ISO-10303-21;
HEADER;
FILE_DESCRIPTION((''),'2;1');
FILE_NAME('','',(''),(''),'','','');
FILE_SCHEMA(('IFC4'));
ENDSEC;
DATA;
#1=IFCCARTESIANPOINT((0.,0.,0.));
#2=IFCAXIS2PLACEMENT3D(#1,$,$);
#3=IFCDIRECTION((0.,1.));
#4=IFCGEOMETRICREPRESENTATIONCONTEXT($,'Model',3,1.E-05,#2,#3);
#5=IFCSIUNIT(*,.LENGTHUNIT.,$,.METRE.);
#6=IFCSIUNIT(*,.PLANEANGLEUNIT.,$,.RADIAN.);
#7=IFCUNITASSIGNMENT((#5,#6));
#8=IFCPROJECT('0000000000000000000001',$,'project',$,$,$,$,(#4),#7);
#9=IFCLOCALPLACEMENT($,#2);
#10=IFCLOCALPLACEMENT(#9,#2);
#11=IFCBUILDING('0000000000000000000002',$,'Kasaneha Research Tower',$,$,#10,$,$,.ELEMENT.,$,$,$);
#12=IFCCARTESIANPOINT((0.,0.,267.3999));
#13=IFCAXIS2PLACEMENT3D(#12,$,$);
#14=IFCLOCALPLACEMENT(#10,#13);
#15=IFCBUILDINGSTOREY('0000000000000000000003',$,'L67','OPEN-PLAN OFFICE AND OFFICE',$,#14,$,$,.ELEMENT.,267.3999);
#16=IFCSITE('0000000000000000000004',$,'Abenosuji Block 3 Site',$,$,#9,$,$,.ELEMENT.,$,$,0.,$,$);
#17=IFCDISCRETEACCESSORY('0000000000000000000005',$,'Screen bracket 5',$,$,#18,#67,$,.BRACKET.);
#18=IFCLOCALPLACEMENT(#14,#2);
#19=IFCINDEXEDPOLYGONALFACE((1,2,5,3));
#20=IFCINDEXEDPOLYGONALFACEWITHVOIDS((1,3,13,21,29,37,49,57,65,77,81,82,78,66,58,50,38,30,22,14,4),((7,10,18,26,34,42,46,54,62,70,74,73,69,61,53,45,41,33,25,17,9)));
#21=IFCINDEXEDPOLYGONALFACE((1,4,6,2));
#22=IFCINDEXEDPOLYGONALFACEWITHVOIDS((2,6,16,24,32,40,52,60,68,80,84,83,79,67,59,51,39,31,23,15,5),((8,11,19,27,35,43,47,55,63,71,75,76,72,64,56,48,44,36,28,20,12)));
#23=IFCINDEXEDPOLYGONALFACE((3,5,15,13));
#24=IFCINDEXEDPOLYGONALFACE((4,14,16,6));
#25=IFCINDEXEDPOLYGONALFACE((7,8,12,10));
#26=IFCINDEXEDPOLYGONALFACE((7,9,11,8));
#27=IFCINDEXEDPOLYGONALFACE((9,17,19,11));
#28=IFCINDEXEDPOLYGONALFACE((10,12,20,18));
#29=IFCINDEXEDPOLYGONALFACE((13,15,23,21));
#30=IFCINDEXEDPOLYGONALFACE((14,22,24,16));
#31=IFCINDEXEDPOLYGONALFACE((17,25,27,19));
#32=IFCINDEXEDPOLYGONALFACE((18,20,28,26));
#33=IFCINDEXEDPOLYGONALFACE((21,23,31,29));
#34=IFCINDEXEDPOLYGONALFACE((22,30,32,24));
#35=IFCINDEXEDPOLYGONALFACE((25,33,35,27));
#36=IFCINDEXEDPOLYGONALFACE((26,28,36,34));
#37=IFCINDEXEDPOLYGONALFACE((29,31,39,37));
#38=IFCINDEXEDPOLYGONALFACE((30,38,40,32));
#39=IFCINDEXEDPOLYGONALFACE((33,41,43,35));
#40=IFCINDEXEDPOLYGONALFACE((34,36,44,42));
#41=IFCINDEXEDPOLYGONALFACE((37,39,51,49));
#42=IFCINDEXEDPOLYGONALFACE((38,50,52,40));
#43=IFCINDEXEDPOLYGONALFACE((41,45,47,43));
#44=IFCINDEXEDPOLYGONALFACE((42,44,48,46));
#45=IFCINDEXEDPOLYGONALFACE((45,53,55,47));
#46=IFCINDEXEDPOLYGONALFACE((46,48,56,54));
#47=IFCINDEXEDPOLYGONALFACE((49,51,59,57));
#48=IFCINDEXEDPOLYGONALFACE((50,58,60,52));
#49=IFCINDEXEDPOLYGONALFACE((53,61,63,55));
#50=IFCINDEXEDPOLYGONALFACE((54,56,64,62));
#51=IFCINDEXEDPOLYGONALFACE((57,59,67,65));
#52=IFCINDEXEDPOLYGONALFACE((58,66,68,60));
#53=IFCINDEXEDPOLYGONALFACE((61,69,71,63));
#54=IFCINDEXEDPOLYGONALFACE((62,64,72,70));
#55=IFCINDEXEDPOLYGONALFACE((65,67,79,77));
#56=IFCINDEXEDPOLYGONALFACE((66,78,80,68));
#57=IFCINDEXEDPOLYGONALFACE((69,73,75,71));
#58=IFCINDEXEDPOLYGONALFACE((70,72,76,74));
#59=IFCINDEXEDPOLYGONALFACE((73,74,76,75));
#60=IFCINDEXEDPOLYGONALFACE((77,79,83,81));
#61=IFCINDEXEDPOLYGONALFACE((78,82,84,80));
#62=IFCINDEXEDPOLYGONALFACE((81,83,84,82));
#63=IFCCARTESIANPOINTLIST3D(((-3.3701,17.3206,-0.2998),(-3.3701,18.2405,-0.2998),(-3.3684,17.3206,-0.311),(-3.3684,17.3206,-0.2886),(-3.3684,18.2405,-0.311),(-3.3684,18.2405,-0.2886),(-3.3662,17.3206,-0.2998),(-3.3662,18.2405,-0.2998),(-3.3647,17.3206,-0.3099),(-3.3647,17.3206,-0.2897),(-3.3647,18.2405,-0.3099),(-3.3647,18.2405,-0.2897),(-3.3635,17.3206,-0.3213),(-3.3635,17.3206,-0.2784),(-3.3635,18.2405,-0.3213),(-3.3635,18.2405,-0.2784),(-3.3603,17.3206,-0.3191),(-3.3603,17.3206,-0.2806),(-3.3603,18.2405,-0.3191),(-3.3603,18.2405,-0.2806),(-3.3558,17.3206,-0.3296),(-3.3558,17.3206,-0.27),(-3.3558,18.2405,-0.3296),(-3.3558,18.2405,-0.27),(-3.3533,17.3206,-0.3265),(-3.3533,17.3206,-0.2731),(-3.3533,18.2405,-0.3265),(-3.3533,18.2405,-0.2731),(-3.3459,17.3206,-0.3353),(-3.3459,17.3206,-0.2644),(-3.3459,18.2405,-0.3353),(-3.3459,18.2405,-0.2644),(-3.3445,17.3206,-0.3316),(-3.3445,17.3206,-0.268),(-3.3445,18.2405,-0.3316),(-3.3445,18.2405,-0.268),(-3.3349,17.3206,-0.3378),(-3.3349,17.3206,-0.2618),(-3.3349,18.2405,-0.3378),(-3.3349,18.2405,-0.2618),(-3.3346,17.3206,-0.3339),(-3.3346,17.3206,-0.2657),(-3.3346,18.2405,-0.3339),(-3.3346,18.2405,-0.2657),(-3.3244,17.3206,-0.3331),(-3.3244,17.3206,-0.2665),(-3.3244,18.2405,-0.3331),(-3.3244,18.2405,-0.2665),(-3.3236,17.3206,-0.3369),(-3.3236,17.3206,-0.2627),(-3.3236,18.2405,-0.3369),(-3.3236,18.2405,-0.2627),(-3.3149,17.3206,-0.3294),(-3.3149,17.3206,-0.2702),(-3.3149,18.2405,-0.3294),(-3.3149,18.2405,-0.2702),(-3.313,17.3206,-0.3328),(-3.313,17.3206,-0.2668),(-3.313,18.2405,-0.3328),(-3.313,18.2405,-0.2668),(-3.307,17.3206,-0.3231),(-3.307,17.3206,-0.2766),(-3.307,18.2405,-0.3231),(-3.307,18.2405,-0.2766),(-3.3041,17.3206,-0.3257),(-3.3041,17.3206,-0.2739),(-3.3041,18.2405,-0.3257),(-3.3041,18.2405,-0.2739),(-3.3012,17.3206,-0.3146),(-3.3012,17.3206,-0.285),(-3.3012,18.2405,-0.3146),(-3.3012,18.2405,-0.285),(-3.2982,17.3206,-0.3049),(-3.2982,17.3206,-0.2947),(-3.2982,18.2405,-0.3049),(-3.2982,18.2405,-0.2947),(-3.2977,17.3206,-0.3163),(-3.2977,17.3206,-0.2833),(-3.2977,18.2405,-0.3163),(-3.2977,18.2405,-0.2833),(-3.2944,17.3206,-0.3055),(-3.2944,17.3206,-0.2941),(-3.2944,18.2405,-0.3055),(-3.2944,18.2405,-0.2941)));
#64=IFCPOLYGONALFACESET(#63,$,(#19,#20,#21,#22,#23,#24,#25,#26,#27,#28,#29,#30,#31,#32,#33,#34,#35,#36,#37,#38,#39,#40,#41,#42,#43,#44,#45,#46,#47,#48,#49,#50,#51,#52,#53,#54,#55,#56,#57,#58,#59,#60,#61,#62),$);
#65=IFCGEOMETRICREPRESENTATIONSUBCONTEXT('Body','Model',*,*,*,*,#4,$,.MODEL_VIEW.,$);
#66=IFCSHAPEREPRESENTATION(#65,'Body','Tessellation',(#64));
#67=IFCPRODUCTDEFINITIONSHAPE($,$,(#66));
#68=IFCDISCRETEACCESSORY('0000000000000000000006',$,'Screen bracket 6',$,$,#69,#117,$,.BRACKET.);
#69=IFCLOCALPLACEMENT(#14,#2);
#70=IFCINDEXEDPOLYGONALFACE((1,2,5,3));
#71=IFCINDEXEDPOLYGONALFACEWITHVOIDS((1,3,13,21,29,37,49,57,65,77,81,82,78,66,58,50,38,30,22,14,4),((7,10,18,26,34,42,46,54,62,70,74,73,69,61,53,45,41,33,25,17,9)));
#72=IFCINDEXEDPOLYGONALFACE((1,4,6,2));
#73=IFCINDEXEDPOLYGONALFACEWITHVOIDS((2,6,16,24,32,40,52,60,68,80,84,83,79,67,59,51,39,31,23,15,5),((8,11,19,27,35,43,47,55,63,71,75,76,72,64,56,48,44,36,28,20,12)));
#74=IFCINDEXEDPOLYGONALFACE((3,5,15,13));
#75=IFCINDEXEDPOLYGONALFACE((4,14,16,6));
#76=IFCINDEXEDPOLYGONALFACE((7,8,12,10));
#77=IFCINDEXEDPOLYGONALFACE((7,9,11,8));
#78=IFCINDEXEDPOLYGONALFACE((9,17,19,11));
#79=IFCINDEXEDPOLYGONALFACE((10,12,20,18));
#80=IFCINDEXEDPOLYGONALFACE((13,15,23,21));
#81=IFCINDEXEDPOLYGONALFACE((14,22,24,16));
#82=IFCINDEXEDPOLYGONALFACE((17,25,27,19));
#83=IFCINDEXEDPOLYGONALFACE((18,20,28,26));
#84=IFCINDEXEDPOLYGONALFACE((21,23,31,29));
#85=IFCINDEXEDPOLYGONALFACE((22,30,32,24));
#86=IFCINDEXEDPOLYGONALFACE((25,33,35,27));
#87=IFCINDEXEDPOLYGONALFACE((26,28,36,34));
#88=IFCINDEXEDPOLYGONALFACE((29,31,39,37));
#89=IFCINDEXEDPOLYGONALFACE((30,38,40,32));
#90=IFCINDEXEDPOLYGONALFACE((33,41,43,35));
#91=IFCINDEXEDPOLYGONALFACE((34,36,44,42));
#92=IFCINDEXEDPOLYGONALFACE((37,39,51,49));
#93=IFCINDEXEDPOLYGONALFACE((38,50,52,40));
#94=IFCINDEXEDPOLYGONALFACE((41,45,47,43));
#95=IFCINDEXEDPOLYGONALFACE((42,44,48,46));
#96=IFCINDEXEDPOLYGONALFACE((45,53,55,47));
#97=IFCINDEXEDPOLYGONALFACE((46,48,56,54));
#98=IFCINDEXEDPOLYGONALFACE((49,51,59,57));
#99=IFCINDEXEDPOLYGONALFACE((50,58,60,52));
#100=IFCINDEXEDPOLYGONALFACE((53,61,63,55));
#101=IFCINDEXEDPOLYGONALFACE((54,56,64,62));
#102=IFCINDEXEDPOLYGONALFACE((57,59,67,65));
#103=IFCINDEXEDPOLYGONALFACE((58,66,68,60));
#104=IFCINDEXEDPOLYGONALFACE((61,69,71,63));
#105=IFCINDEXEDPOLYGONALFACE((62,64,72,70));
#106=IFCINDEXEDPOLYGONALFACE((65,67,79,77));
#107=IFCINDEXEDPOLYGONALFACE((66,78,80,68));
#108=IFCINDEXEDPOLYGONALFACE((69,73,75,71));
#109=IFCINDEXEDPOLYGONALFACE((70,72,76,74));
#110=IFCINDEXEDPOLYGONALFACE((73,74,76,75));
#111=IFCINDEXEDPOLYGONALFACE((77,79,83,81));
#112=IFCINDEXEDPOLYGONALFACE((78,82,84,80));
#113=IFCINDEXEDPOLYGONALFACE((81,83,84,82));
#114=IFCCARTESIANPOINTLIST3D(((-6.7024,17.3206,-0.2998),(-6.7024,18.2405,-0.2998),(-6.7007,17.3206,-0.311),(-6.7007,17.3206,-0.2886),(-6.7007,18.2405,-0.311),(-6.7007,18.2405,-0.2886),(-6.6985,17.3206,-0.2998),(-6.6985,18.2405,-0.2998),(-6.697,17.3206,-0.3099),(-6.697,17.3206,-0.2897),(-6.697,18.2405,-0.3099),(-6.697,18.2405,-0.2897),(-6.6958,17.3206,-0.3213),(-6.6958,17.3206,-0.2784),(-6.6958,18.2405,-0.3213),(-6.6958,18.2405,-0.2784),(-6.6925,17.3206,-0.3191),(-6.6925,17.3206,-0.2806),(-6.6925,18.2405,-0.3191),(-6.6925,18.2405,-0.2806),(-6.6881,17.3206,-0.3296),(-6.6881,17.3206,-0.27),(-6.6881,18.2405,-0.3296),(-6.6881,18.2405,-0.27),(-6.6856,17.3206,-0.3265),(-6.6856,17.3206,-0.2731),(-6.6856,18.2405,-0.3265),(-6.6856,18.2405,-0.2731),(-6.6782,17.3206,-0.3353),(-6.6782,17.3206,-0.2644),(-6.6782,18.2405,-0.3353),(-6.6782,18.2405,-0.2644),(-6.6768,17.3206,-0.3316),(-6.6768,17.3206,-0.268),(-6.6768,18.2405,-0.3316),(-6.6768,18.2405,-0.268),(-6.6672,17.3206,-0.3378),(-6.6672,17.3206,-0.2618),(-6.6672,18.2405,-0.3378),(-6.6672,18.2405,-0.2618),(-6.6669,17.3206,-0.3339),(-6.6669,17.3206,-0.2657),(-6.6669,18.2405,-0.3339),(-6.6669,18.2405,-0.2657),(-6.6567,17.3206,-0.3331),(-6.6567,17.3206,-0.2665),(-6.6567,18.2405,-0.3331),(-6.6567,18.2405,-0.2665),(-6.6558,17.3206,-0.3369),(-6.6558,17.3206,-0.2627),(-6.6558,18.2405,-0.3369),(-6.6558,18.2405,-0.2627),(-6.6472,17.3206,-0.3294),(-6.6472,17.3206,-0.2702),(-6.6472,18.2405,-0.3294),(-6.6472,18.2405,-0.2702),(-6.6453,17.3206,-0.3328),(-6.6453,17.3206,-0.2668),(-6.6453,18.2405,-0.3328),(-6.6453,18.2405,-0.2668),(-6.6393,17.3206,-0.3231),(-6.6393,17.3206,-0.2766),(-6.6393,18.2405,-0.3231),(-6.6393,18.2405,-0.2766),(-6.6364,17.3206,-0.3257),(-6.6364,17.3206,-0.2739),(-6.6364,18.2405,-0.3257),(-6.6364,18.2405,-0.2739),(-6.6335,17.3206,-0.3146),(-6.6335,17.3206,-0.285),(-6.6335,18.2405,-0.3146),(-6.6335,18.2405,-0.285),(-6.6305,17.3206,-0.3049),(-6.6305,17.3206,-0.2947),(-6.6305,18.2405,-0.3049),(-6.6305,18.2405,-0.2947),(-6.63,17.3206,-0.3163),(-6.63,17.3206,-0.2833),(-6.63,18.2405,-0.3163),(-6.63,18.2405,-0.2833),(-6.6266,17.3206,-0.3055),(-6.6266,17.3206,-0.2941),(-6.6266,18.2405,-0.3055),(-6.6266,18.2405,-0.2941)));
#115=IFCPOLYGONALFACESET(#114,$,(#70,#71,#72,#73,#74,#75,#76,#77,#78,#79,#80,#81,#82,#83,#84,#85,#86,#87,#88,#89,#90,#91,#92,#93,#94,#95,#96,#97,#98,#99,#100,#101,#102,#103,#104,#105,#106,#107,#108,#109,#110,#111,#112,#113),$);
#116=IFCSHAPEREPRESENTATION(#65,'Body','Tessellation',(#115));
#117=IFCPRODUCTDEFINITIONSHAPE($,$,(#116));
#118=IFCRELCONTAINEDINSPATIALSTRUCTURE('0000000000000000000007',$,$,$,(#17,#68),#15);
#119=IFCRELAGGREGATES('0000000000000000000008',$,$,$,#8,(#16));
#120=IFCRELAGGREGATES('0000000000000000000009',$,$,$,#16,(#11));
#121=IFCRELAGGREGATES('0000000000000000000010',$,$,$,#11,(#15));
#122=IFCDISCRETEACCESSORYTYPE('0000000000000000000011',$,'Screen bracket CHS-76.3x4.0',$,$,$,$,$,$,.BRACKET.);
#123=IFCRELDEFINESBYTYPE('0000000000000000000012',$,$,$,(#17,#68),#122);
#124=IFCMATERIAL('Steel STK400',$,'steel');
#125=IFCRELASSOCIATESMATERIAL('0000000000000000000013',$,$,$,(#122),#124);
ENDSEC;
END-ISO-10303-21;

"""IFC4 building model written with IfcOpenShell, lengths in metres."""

from ifc_helpers import new_model, si_unit, direction, frame, origin, origin_2d, place, context, subcontext, project, spatial, hollow_circle, extrude, material, material_profile, profile_set, type_object, element, save


model = new_model("IFC4")

# Units and contexts
model_context = context("Model", 3, precision=1e-05, world=origin(), true_north=direction((0.0, 1.0)))
body_context = subcontext(model_context, "Body", "Model", "MODEL_VIEW")
ifc_project = project(units=[si_unit("LENGTHUNIT", "METRE"), si_unit("PLANEANGLEUNIT", "RADIAN")], contexts=[model_context])

# Site, building, storey
site_placement = place(None, origin())
site = spatial("IfcSite", under=ifc_project, at=site_placement, Name="Abenosuji Block 3 Site", CompositionType="ELEMENT", RefElevation=0.0)
building_placement = place(site_placement, origin())
building = spatial("IfcBuilding", under=site, at=building_placement, Name="Kasaneha Research Tower", CompositionType="ELEMENT")
storey_placement = place(building_placement, frame((0.0, 0.0, 267.3999)))
storey = spatial("IfcBuildingStorey", under=building, at=storey_placement, Name="L67", Description="OPEN-PLAN OFFICE AND OFFICE", CompositionType="ELEMENT", Elevation=267.3999)

# Discrete accessories
ifc_material_1 = material(Name="Steel STK400", Category="steel")
ifc_material_profile_1 = material_profile(ifc_material_1, hollow_circle(Radius=0.0381, WallThickness=0.0039, at=origin_2d()), Name="CHS-76.3x4.0")
ifc_profile_set_1 = profile_set([ifc_material_profile_1], Name="Steel STK400")
discrete_accessory_type = type_object("IfcDiscreteAccessoryType", Name="Screen bracket CHS-76.3x4.0", PredefinedType="BRACKET", material=ifc_profile_set_1)
for number, where, z_axis, x_axis, name in (
    (1, (-3.332, 17.3206, -0.2998), (0.0, 1.0, 0.0), (-1.0, 0.0, 0.0), "Screen bracket 5"),
    (2, (-6.6643, 17.3206, -0.2998), (0.0, 1.0, 0.0), (-1.0, 0.0, 0.0), "Screen bracket 6"),
):
    element("IfcDiscreteAccessory", number, at=place(storey_placement, frame(where, z_axis=z_axis, x_axis=x_axis)), inside=storey, type_object=discrete_accessory_type, Name=name, PredefinedType="BRACKET", context=body_context, shape_type="SweptSolid", body=[
        extrude(hollow_circle(Radius=0.0381, WallThickness=0.0039, at=origin_2d()), origin(), (0.0, 0.0, 1.0), 0.9199),
    ])

save(model, "model.ifc")
